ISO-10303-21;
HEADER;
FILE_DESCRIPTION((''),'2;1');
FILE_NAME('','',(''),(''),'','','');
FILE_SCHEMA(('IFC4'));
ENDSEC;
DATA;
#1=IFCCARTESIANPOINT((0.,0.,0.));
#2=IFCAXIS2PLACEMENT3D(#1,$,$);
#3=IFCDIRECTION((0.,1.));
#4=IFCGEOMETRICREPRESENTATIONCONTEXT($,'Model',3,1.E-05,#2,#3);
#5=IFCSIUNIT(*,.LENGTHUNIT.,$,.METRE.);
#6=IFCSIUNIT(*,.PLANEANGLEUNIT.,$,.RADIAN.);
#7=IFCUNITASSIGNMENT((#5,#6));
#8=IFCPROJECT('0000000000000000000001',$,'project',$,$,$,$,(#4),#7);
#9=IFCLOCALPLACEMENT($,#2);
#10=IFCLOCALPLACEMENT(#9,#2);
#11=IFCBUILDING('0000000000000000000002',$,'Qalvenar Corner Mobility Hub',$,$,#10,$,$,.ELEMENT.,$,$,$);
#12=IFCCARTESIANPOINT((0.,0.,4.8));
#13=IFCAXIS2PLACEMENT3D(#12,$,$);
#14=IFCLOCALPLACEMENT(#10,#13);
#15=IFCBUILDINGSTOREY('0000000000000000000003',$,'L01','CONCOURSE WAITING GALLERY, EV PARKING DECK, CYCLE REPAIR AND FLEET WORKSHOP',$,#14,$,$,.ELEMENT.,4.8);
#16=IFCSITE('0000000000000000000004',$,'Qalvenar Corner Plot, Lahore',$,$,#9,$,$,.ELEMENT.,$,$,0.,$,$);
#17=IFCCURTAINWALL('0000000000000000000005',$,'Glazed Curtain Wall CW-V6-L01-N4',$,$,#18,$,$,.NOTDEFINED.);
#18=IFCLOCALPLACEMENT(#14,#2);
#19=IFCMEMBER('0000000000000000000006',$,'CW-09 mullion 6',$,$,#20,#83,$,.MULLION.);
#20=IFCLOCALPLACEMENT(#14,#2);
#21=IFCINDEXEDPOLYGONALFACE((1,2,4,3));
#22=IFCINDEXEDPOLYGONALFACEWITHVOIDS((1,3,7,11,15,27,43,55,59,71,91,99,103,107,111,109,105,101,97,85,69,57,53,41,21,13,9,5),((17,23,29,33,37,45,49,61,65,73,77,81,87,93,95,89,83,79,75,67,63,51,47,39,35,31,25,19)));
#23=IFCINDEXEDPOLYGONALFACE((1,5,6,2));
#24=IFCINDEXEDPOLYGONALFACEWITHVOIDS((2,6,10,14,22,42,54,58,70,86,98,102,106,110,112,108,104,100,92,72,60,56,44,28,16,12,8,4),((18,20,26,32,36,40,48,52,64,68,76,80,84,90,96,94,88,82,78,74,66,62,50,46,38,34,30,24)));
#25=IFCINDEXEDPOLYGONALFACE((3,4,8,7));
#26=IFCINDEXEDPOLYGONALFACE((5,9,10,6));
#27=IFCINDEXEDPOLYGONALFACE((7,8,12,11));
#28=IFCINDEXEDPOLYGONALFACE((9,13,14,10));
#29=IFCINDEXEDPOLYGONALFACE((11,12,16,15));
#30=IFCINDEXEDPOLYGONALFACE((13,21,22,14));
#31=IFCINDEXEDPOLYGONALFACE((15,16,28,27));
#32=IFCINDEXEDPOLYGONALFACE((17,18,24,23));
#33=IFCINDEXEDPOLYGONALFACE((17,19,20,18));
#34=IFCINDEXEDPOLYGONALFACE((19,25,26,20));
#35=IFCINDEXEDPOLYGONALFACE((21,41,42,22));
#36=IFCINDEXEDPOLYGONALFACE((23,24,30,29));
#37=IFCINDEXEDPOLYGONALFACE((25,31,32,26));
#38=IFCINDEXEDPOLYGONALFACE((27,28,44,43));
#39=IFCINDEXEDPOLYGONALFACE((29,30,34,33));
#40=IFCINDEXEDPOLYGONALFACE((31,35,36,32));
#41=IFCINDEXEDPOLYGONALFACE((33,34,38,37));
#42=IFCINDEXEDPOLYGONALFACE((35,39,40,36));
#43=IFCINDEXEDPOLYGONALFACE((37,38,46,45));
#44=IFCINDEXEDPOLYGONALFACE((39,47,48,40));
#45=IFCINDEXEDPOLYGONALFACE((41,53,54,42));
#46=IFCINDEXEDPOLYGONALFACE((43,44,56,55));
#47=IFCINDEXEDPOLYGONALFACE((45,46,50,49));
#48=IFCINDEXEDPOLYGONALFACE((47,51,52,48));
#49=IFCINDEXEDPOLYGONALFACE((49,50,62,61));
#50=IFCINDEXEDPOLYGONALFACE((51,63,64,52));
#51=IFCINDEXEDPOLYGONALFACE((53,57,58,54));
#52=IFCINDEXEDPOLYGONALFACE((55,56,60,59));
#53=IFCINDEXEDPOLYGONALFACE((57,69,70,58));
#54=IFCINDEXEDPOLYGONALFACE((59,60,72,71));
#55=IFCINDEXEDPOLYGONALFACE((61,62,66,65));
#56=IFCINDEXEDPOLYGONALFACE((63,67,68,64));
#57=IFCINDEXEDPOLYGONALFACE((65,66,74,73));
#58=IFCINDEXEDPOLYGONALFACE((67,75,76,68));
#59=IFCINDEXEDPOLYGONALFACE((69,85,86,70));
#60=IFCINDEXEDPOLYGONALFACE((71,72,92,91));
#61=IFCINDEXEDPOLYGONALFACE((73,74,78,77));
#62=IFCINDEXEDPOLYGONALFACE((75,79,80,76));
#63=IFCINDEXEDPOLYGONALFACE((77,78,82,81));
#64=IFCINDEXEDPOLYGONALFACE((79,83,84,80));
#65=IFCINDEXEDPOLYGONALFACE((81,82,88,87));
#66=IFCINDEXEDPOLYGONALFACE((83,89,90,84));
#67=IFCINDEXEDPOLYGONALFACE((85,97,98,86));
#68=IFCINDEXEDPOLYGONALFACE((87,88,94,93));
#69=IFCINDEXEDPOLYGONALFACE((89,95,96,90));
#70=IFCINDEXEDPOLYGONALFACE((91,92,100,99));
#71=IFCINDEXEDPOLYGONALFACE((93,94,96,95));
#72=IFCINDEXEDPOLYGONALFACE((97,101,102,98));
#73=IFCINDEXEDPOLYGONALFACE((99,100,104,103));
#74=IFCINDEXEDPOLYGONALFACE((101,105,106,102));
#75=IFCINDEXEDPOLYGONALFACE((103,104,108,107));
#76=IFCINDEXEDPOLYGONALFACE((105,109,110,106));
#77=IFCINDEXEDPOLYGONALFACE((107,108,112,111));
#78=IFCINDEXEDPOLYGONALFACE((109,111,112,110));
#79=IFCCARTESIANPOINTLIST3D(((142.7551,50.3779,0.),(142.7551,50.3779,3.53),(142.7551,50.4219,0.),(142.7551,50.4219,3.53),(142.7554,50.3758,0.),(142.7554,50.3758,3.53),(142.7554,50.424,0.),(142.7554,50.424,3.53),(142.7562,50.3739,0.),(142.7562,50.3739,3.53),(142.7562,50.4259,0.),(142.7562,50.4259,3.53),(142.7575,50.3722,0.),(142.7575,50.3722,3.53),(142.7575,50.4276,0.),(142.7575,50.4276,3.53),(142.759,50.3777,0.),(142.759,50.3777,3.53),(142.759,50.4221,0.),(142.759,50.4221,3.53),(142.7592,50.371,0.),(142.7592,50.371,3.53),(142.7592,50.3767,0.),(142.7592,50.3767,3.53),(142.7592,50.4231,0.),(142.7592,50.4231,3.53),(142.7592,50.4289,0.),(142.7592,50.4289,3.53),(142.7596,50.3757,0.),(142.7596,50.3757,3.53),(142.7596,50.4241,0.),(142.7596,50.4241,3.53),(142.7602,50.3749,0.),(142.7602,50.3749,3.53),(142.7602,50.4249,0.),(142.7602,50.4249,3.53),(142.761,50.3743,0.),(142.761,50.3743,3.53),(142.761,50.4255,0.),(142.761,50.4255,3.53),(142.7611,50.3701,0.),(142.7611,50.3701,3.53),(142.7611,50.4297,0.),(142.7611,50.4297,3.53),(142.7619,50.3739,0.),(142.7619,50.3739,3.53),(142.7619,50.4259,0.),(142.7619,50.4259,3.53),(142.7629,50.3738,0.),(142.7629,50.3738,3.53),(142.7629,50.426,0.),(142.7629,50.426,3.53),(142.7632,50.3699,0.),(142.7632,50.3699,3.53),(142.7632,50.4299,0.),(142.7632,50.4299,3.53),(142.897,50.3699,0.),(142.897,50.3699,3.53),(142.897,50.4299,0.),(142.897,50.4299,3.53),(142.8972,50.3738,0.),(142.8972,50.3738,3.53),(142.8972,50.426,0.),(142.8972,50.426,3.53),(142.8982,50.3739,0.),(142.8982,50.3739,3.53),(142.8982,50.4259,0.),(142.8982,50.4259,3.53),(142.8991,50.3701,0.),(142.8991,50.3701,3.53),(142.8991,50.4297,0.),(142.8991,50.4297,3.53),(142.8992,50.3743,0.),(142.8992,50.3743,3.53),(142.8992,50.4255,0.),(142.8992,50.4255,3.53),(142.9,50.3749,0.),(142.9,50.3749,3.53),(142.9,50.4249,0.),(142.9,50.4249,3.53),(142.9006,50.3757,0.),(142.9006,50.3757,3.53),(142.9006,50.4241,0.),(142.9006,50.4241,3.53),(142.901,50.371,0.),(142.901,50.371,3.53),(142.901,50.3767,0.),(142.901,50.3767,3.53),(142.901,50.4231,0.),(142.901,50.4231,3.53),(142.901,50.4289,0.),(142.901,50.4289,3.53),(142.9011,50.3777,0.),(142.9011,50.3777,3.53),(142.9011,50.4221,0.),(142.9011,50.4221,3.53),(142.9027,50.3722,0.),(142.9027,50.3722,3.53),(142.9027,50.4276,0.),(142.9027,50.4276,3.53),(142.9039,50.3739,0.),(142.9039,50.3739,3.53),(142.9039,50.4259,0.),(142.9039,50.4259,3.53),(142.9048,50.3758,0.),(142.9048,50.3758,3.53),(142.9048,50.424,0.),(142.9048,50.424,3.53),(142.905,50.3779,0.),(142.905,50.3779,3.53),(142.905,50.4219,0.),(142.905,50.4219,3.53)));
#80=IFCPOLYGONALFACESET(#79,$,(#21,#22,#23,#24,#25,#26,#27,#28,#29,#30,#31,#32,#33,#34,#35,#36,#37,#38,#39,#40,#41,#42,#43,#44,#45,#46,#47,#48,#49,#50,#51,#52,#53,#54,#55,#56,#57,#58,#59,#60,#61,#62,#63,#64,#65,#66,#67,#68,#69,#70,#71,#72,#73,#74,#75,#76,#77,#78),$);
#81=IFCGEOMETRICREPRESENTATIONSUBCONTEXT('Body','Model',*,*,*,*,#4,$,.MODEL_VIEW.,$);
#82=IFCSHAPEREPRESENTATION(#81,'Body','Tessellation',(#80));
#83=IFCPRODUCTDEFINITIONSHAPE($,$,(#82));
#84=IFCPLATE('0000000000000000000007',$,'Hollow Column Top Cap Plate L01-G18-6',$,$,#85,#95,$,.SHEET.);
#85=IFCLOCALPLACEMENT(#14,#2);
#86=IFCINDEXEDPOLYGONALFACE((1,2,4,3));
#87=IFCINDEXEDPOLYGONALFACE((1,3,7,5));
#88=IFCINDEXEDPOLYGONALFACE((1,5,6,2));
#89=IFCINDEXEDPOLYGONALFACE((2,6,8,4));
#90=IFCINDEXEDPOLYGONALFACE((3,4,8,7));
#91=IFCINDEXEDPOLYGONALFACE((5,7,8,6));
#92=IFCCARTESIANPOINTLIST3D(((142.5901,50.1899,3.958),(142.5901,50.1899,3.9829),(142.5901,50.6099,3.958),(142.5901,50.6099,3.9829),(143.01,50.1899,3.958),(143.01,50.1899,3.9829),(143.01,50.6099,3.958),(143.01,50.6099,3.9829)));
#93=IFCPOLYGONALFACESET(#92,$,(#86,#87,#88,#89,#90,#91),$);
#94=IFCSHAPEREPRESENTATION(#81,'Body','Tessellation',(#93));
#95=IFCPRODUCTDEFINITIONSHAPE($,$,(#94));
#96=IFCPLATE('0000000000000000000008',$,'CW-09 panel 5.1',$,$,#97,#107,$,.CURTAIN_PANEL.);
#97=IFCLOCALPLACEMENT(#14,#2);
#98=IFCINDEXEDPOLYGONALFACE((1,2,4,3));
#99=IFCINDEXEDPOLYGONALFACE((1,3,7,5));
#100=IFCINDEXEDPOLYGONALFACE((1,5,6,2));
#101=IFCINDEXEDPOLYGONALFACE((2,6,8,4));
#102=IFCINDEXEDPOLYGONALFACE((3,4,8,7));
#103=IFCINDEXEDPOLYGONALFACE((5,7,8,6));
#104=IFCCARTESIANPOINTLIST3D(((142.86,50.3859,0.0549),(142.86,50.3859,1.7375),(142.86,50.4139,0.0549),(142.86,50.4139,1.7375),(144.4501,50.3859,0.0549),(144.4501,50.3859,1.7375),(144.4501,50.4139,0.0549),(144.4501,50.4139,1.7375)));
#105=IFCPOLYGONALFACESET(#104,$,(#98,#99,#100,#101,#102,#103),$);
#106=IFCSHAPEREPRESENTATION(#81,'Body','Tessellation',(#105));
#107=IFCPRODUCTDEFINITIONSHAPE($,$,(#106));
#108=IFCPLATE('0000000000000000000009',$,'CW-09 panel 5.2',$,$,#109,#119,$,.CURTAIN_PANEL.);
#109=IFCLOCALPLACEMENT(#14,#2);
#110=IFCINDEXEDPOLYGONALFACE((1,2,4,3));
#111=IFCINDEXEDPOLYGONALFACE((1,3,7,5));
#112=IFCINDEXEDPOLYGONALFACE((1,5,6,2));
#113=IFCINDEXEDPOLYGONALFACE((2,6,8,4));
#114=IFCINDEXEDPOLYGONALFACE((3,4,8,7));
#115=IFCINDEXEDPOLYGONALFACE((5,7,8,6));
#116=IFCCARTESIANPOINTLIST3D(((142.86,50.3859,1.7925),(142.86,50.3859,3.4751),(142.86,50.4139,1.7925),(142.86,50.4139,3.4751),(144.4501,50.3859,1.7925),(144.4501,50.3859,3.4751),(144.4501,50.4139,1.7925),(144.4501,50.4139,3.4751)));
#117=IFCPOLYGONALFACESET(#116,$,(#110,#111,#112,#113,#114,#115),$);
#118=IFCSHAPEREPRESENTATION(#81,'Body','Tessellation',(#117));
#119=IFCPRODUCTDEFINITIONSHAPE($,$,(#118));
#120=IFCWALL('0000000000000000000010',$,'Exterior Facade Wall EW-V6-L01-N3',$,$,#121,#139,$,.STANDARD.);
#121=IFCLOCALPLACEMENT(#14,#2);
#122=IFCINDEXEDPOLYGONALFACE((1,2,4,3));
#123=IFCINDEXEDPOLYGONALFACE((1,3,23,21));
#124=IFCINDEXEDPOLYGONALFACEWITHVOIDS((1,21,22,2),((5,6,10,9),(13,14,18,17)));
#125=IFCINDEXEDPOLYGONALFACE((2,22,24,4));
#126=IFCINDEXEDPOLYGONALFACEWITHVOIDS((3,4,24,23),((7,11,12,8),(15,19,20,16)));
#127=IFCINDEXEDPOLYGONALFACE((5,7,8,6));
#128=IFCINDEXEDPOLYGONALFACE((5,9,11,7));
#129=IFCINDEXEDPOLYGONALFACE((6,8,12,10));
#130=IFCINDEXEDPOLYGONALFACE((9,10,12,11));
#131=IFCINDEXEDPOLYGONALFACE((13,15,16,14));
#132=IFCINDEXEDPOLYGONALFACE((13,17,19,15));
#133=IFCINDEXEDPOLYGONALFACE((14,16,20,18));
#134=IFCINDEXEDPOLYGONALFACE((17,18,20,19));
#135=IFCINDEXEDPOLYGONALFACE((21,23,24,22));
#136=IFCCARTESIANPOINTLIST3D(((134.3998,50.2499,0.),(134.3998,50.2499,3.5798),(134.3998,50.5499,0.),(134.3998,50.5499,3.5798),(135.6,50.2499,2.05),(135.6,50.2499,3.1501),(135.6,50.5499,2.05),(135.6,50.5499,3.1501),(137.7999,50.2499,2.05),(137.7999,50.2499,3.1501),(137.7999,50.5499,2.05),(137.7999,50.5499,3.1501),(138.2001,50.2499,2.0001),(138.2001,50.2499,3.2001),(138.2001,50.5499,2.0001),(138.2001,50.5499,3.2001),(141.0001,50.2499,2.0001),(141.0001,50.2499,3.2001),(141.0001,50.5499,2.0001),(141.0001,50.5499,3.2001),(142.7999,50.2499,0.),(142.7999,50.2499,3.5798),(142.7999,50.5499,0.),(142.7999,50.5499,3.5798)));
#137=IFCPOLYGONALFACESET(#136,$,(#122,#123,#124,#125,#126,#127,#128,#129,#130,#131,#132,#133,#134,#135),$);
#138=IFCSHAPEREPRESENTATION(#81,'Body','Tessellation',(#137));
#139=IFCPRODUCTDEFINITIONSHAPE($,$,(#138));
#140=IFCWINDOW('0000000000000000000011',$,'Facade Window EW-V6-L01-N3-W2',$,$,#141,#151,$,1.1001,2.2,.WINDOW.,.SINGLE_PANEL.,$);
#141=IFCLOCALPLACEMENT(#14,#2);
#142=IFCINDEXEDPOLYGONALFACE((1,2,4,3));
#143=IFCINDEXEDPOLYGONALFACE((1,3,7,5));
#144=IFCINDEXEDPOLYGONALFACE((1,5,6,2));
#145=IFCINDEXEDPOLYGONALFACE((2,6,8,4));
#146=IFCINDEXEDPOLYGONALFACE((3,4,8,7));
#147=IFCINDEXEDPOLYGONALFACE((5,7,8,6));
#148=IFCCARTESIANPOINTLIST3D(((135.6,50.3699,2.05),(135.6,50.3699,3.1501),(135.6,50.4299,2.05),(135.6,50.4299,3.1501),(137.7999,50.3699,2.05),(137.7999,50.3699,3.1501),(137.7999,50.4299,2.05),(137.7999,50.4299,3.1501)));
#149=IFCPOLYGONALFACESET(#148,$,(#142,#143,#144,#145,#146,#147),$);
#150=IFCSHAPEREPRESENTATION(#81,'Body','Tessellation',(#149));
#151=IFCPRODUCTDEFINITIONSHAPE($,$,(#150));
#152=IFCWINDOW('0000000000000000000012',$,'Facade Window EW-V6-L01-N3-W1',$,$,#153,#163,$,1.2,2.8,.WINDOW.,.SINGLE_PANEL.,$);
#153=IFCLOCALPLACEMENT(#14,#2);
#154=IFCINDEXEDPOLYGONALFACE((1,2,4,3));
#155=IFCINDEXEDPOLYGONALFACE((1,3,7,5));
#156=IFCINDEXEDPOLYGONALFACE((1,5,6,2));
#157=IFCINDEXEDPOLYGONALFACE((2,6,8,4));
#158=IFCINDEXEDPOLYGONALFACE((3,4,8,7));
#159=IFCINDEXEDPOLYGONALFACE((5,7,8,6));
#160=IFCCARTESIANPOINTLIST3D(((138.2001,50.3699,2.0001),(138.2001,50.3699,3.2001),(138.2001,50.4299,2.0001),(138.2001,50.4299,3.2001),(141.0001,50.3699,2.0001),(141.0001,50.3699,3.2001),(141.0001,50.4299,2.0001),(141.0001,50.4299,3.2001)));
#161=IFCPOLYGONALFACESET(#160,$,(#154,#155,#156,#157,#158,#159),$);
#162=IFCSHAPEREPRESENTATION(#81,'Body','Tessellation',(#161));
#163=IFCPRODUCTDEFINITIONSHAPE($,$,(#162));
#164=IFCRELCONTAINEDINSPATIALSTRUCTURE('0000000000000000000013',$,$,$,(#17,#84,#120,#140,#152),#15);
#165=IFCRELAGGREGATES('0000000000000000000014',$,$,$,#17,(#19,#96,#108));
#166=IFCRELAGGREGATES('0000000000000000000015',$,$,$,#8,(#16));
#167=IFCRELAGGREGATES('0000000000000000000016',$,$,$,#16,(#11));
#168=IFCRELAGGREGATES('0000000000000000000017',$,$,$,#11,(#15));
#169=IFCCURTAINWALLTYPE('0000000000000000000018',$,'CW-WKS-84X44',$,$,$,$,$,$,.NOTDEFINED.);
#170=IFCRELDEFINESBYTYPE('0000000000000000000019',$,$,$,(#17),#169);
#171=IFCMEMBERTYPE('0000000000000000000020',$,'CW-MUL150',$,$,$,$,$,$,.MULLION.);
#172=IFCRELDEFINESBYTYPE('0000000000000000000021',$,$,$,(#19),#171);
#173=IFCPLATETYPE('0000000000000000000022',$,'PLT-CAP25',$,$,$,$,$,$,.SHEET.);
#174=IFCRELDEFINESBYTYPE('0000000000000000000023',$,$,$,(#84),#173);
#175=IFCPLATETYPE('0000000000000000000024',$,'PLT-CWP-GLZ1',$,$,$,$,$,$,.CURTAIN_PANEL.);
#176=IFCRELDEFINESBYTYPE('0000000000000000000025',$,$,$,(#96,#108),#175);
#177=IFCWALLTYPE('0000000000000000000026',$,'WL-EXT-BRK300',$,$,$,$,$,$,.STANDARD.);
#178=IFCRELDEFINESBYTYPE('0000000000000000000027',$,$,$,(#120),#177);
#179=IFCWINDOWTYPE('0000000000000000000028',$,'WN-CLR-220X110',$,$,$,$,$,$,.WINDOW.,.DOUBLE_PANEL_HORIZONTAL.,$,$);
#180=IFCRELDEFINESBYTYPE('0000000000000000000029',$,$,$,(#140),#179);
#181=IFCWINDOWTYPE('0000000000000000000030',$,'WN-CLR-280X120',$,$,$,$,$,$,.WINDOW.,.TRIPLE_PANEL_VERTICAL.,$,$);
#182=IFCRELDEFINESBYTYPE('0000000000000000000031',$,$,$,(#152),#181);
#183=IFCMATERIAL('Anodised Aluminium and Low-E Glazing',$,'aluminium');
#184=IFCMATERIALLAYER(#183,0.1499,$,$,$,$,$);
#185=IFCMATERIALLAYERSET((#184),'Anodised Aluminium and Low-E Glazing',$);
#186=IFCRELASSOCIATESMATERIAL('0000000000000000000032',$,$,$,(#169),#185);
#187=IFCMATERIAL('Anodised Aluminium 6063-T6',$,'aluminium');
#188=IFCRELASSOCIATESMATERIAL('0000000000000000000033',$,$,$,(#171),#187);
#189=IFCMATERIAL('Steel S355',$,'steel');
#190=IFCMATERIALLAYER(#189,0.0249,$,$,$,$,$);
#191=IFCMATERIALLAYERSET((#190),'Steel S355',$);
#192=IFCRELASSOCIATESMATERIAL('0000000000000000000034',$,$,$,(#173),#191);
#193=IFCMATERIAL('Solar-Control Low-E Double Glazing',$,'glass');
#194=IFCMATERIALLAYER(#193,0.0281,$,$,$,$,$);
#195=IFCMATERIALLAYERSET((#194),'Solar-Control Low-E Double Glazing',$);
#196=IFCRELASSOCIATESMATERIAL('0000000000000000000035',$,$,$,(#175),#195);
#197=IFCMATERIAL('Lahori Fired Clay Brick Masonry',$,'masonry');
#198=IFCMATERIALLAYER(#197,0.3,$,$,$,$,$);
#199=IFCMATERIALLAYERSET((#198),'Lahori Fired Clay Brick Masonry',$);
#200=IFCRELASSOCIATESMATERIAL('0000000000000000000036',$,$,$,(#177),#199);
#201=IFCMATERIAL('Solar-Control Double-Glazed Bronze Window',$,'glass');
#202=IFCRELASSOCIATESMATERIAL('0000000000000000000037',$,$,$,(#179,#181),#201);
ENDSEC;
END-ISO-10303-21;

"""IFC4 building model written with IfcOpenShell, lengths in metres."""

from ifc_helpers import new_model, si_unit, direction, frame, frame_2d, origin, origin_2d, place, context, subcontext, project, spatial, rectangle, hollow_rectangle, extrude, material, layer, layer_set, material_profile, profile_set, type_object, element, fill, aggregate, save


model = new_model("IFC4")

# Units and contexts
model_context = context("Model", 3, precision=1e-05, world=origin(), true_north=direction((0.0, 1.0)))
body_context = subcontext(model_context, "Body", "Model", "MODEL_VIEW")
ifc_project = project(units=[si_unit("LENGTHUNIT", "METRE"), si_unit("PLANEANGLEUNIT", "RADIAN")], contexts=[model_context])

# Site, building, storey
site_placement = place(None, origin())
site = spatial("IfcSite", under=ifc_project, at=site_placement, Name="Qalvenar Corner Plot, Lahore", CompositionType="ELEMENT", RefElevation=0.0)
building_placement = place(site_placement, origin())
building = spatial("IfcBuilding", under=site, at=building_placement, Name="Qalvenar Corner Mobility Hub", CompositionType="ELEMENT")
storey_placement = place(building_placement, frame((0.0, 0.0, 4.8)))
storey = spatial("IfcBuildingStorey", under=building, at=storey_placement, Name="L01", Description="CONCOURSE WAITING GALLERY, EV PARKING DECK, CYCLE REPAIR AND FLEET WORKSHOP", CompositionType="ELEMENT", Elevation=4.8)

# Curtain wall, member
ifc_material_1 = material(Name="Anodised Aluminium and Low-E Glazing", Category="aluminium")
ifc_layer_1 = layer(ifc_material_1, 0.1499)
ifc_layer_set_1 = layer_set([ifc_layer_1], Name="Anodised Aluminium and Low-E Glazing")
curtain_wall_type = type_object("IfcCurtainWallType", Name="CW-WKS-84X44", PredefinedType="NOTDEFINED", material=ifc_layer_set_1)
curtain_wall_placement = place(storey_placement, origin())
curtain_wall = element("IfcCurtainWall", 1, at=curtain_wall_placement, inside=storey, type_object=curtain_wall_type, Name="Glazed Curtain Wall CW-V6-L01-N4", PredefinedType="NOTDEFINED")
ifc_material_2 = material(Name="Anodised Aluminium 6063-T6", Category="aluminium")
ifc_material_profile_1 = material_profile(ifc_material_2, hollow_rectangle(XDim=0.0601, YDim=0.1499, WallThickness=0.0039, InnerFilletRadius=0.0039, OuterFilletRadius=0.0081, at=origin_2d()), Name="RHS150x60x4")
ifc_profile_set_1 = profile_set([ifc_material_profile_1], Name="Anodised Aluminium 6063-T6")
member_type = type_object("IfcMemberType", Name="CW-MUL150", PredefinedType="MULLION", material=ifc_profile_set_1)
member_placement = place(storey_placement, frame((142.8301, 50.3999, 0.0), z_axis=(0.0, 0.0, 1.0), x_axis=(0.0, -1.0, 0.0)))
member = element("IfcMember", 2, at=member_placement, type_object=member_type, Name="CW-09 mullion 6", PredefinedType="MULLION", context=body_context, shape_type="SweptSolid", body=[
    extrude(hollow_rectangle(XDim=0.0601, YDim=0.1499, WallThickness=0.0039, InnerFilletRadius=0.0039, OuterFilletRadius=0.0081, at=origin_2d()), origin(), (0.0, 0.0, 1.0), 3.53),
])

# Plates
ifc_material_3 = material(Name="Steel S355", Category="steel")
ifc_layer_2 = layer(ifc_material_3, 0.0249)
ifc_layer_set_2 = layer_set([ifc_layer_2], Name="Steel S355")
plate_type_1 = type_object("IfcPlateType", Name="PLT-CAP25", PredefinedType="SHEET", material=ifc_layer_set_2)
plate_1_placement = place(storey_placement, frame((142.8, 50.3999, 3.958), z_axis=(0.0, 0.0, 1.0), x_axis=(1.0, 0.0, 0.0)))
element("IfcPlate", 3, at=plate_1_placement, inside=storey, type_object=plate_type_1, Name="Hollow Column Top Cap Plate L01-G18-6", PredefinedType="SHEET", context=body_context, shape_type="SweptSolid", body=[
    extrude(rectangle(XDim=0.4199, YDim=0.4199, at=origin_2d()), origin(), (0.0, 0.0, 1.0), 0.0249),
])
ifc_material_4 = material(Name="Solar-Control Low-E Double Glazing", Category="glass")
ifc_layer_3 = layer(ifc_material_4, 0.0281)
ifc_layer_set_3 = layer_set([ifc_layer_3], Name="Solar-Control Low-E Double Glazing")
plate_type_2 = type_object("IfcPlateType", Name="PLT-CWP-GLZ1", PredefinedType="CURTAIN_PANEL", material=ifc_layer_set_3)
plate_2_placement = place(storey_placement, frame((143.655, 50.3999, 0.0549), z_axis=(0.0, 0.0, 1.0), x_axis=(-1.0, 0.0, 0.0)))
plate_2 = element("IfcPlate", 4, at=plate_2_placement, type_object=plate_type_2, Name="CW-09 panel 5.1", PredefinedType="CURTAIN_PANEL", context=body_context, shape_type="SweptSolid", body=[
    extrude(rectangle(XDim=1.5901, YDim=0.0281, at=origin_2d()), origin(), (0.0, 0.0, 1.0), 1.6826),
])
plate_3_placement = place(storey_placement, frame((143.655, 50.3999, 1.7925), z_axis=(0.0, 0.0, 1.0), x_axis=(-1.0, 0.0, 0.0)))
plate_3 = element("IfcPlate", 5, at=plate_3_placement, type_object=plate_type_2, Name="CW-09 panel 5.2", PredefinedType="CURTAIN_PANEL", context=body_context, shape_type="SweptSolid", body=[
    extrude(rectangle(XDim=1.5901, YDim=0.0281, at=origin_2d()), origin(), (0.0, 0.0, 1.0), 1.6826),
])
aggregate(curtain_wall, [member, plate_2, plate_3])

# Wall, openings, windows
ifc_material_5 = material(Name="Lahori Fired Clay Brick Masonry", Category="masonry")
ifc_layer_4 = layer(ifc_material_5, 0.3)
ifc_layer_set_4 = layer_set([ifc_layer_4], Name="Lahori Fired Clay Brick Masonry")
wall_type = type_object("IfcWallType", Name="WL-EXT-BRK300", PredefinedType="STANDARD", material=ifc_layer_set_4)
wall_placement = place(storey_placement, frame((142.8, 50.3999, 0.0), z_axis=(0.0, 0.0, 1.0), x_axis=(-1.0, 0.0, 0.0)))
wall = element("IfcWall", 6, at=wall_placement, inside=storey, type_object=wall_type, Name="Exterior Facade Wall EW-V6-L01-N3", PredefinedType="STANDARD", context=body_context, shape_type="SweptSolid", body=[
    extrude(rectangle(XDim=8.4001, YDim=0.3, at=frame_2d((4.2002, 0.0))), origin(), (0.0, 0.0, 1.0), 3.5798),
])
opening_1_placement = place(wall_placement, frame((1.8, 0.0, 2.0)))
opening_1 = element("IfcOpeningElement", 7, at=opening_1_placement, cuts=wall, PredefinedType="OPENING", context=body_context, shape_type="SweptSolid", body=[
    extrude(rectangle(XDim=2.8, YDim=1.2, at=frame_2d((1.3999, 0.6001))), frame((0.0, 0.1602, 0.0), z_axis=(0.0, -1.0, 0.0), x_axis=(1.0, 0.0, 0.0)), (0.0, 0.0, 1.0), 0.3201),
])
opening_2_placement = place(wall_placement, frame((5.0, 0.0, 2.05)))
opening_2 = element("IfcOpeningElement", 8, at=opening_2_placement, cuts=wall, PredefinedType="OPENING", context=body_context, shape_type="SweptSolid", body=[
    extrude(rectangle(XDim=2.2, YDim=1.1001, at=frame_2d((1.1001, 0.55))), frame((0.0, 0.1602, 0.0), z_axis=(0.0, -1.0, 0.0), x_axis=(1.0, 0.0, 0.0)), (0.0, 0.0, 1.0), 0.3201),
])
ifc_material_6 = material(Name="Solar-Control Double-Glazed Bronze Window", Category="glass")
window_type_1 = type_object("IfcWindowType", Name="WN-CLR-220X110", PartitioningType="DOUBLE_PANEL_HORIZONTAL", PredefinedType="WINDOW", material=ifc_material_6)
window_1_placement = place(opening_2_placement, origin())
window_1 = element("IfcWindow", 9, at=window_1_placement, inside=storey, type_object=window_type_1, Name="Facade Window EW-V6-L01-N3-W2", OverallHeight=1.1001, OverallWidth=2.2, PartitioningType="SINGLE_PANEL", PredefinedType="WINDOW", context=body_context, shape_type="SweptSolid", body=[
    extrude(rectangle(XDim=2.2, YDim=1.1001, at=frame_2d((1.1001, 0.55))), frame((0.0, 0.03, 0.0), z_axis=(0.0, -1.0, 0.0), x_axis=(1.0, 0.0, 0.0)), (0.0, 0.0, 1.0), 0.0601),
])
fill(opening_2, window_1)
window_type_2 = type_object("IfcWindowType", Name="WN-CLR-280X120", PartitioningType="TRIPLE_PANEL_VERTICAL", PredefinedType="WINDOW", material=ifc_material_6)
window_2_placement = place(opening_1_placement, origin())
window_2 = element("IfcWindow", 10, at=window_2_placement, inside=storey, type_object=window_type_2, Name="Facade Window EW-V6-L01-N3-W1", OverallHeight=1.2, OverallWidth=2.8, PartitioningType="SINGLE_PANEL", PredefinedType="WINDOW", context=body_context, shape_type="SweptSolid", body=[
    extrude(rectangle(XDim=2.8, YDim=1.2, at=frame_2d((1.3999, 0.6001))), frame((0.0, 0.03, 0.0), z_axis=(0.0, -1.0, 0.0), x_axis=(1.0, 0.0, 0.0)), (0.0, 0.0, 1.0), 0.0601),
])
fill(opening_1, window_2)

save(model, "model.ifc")
